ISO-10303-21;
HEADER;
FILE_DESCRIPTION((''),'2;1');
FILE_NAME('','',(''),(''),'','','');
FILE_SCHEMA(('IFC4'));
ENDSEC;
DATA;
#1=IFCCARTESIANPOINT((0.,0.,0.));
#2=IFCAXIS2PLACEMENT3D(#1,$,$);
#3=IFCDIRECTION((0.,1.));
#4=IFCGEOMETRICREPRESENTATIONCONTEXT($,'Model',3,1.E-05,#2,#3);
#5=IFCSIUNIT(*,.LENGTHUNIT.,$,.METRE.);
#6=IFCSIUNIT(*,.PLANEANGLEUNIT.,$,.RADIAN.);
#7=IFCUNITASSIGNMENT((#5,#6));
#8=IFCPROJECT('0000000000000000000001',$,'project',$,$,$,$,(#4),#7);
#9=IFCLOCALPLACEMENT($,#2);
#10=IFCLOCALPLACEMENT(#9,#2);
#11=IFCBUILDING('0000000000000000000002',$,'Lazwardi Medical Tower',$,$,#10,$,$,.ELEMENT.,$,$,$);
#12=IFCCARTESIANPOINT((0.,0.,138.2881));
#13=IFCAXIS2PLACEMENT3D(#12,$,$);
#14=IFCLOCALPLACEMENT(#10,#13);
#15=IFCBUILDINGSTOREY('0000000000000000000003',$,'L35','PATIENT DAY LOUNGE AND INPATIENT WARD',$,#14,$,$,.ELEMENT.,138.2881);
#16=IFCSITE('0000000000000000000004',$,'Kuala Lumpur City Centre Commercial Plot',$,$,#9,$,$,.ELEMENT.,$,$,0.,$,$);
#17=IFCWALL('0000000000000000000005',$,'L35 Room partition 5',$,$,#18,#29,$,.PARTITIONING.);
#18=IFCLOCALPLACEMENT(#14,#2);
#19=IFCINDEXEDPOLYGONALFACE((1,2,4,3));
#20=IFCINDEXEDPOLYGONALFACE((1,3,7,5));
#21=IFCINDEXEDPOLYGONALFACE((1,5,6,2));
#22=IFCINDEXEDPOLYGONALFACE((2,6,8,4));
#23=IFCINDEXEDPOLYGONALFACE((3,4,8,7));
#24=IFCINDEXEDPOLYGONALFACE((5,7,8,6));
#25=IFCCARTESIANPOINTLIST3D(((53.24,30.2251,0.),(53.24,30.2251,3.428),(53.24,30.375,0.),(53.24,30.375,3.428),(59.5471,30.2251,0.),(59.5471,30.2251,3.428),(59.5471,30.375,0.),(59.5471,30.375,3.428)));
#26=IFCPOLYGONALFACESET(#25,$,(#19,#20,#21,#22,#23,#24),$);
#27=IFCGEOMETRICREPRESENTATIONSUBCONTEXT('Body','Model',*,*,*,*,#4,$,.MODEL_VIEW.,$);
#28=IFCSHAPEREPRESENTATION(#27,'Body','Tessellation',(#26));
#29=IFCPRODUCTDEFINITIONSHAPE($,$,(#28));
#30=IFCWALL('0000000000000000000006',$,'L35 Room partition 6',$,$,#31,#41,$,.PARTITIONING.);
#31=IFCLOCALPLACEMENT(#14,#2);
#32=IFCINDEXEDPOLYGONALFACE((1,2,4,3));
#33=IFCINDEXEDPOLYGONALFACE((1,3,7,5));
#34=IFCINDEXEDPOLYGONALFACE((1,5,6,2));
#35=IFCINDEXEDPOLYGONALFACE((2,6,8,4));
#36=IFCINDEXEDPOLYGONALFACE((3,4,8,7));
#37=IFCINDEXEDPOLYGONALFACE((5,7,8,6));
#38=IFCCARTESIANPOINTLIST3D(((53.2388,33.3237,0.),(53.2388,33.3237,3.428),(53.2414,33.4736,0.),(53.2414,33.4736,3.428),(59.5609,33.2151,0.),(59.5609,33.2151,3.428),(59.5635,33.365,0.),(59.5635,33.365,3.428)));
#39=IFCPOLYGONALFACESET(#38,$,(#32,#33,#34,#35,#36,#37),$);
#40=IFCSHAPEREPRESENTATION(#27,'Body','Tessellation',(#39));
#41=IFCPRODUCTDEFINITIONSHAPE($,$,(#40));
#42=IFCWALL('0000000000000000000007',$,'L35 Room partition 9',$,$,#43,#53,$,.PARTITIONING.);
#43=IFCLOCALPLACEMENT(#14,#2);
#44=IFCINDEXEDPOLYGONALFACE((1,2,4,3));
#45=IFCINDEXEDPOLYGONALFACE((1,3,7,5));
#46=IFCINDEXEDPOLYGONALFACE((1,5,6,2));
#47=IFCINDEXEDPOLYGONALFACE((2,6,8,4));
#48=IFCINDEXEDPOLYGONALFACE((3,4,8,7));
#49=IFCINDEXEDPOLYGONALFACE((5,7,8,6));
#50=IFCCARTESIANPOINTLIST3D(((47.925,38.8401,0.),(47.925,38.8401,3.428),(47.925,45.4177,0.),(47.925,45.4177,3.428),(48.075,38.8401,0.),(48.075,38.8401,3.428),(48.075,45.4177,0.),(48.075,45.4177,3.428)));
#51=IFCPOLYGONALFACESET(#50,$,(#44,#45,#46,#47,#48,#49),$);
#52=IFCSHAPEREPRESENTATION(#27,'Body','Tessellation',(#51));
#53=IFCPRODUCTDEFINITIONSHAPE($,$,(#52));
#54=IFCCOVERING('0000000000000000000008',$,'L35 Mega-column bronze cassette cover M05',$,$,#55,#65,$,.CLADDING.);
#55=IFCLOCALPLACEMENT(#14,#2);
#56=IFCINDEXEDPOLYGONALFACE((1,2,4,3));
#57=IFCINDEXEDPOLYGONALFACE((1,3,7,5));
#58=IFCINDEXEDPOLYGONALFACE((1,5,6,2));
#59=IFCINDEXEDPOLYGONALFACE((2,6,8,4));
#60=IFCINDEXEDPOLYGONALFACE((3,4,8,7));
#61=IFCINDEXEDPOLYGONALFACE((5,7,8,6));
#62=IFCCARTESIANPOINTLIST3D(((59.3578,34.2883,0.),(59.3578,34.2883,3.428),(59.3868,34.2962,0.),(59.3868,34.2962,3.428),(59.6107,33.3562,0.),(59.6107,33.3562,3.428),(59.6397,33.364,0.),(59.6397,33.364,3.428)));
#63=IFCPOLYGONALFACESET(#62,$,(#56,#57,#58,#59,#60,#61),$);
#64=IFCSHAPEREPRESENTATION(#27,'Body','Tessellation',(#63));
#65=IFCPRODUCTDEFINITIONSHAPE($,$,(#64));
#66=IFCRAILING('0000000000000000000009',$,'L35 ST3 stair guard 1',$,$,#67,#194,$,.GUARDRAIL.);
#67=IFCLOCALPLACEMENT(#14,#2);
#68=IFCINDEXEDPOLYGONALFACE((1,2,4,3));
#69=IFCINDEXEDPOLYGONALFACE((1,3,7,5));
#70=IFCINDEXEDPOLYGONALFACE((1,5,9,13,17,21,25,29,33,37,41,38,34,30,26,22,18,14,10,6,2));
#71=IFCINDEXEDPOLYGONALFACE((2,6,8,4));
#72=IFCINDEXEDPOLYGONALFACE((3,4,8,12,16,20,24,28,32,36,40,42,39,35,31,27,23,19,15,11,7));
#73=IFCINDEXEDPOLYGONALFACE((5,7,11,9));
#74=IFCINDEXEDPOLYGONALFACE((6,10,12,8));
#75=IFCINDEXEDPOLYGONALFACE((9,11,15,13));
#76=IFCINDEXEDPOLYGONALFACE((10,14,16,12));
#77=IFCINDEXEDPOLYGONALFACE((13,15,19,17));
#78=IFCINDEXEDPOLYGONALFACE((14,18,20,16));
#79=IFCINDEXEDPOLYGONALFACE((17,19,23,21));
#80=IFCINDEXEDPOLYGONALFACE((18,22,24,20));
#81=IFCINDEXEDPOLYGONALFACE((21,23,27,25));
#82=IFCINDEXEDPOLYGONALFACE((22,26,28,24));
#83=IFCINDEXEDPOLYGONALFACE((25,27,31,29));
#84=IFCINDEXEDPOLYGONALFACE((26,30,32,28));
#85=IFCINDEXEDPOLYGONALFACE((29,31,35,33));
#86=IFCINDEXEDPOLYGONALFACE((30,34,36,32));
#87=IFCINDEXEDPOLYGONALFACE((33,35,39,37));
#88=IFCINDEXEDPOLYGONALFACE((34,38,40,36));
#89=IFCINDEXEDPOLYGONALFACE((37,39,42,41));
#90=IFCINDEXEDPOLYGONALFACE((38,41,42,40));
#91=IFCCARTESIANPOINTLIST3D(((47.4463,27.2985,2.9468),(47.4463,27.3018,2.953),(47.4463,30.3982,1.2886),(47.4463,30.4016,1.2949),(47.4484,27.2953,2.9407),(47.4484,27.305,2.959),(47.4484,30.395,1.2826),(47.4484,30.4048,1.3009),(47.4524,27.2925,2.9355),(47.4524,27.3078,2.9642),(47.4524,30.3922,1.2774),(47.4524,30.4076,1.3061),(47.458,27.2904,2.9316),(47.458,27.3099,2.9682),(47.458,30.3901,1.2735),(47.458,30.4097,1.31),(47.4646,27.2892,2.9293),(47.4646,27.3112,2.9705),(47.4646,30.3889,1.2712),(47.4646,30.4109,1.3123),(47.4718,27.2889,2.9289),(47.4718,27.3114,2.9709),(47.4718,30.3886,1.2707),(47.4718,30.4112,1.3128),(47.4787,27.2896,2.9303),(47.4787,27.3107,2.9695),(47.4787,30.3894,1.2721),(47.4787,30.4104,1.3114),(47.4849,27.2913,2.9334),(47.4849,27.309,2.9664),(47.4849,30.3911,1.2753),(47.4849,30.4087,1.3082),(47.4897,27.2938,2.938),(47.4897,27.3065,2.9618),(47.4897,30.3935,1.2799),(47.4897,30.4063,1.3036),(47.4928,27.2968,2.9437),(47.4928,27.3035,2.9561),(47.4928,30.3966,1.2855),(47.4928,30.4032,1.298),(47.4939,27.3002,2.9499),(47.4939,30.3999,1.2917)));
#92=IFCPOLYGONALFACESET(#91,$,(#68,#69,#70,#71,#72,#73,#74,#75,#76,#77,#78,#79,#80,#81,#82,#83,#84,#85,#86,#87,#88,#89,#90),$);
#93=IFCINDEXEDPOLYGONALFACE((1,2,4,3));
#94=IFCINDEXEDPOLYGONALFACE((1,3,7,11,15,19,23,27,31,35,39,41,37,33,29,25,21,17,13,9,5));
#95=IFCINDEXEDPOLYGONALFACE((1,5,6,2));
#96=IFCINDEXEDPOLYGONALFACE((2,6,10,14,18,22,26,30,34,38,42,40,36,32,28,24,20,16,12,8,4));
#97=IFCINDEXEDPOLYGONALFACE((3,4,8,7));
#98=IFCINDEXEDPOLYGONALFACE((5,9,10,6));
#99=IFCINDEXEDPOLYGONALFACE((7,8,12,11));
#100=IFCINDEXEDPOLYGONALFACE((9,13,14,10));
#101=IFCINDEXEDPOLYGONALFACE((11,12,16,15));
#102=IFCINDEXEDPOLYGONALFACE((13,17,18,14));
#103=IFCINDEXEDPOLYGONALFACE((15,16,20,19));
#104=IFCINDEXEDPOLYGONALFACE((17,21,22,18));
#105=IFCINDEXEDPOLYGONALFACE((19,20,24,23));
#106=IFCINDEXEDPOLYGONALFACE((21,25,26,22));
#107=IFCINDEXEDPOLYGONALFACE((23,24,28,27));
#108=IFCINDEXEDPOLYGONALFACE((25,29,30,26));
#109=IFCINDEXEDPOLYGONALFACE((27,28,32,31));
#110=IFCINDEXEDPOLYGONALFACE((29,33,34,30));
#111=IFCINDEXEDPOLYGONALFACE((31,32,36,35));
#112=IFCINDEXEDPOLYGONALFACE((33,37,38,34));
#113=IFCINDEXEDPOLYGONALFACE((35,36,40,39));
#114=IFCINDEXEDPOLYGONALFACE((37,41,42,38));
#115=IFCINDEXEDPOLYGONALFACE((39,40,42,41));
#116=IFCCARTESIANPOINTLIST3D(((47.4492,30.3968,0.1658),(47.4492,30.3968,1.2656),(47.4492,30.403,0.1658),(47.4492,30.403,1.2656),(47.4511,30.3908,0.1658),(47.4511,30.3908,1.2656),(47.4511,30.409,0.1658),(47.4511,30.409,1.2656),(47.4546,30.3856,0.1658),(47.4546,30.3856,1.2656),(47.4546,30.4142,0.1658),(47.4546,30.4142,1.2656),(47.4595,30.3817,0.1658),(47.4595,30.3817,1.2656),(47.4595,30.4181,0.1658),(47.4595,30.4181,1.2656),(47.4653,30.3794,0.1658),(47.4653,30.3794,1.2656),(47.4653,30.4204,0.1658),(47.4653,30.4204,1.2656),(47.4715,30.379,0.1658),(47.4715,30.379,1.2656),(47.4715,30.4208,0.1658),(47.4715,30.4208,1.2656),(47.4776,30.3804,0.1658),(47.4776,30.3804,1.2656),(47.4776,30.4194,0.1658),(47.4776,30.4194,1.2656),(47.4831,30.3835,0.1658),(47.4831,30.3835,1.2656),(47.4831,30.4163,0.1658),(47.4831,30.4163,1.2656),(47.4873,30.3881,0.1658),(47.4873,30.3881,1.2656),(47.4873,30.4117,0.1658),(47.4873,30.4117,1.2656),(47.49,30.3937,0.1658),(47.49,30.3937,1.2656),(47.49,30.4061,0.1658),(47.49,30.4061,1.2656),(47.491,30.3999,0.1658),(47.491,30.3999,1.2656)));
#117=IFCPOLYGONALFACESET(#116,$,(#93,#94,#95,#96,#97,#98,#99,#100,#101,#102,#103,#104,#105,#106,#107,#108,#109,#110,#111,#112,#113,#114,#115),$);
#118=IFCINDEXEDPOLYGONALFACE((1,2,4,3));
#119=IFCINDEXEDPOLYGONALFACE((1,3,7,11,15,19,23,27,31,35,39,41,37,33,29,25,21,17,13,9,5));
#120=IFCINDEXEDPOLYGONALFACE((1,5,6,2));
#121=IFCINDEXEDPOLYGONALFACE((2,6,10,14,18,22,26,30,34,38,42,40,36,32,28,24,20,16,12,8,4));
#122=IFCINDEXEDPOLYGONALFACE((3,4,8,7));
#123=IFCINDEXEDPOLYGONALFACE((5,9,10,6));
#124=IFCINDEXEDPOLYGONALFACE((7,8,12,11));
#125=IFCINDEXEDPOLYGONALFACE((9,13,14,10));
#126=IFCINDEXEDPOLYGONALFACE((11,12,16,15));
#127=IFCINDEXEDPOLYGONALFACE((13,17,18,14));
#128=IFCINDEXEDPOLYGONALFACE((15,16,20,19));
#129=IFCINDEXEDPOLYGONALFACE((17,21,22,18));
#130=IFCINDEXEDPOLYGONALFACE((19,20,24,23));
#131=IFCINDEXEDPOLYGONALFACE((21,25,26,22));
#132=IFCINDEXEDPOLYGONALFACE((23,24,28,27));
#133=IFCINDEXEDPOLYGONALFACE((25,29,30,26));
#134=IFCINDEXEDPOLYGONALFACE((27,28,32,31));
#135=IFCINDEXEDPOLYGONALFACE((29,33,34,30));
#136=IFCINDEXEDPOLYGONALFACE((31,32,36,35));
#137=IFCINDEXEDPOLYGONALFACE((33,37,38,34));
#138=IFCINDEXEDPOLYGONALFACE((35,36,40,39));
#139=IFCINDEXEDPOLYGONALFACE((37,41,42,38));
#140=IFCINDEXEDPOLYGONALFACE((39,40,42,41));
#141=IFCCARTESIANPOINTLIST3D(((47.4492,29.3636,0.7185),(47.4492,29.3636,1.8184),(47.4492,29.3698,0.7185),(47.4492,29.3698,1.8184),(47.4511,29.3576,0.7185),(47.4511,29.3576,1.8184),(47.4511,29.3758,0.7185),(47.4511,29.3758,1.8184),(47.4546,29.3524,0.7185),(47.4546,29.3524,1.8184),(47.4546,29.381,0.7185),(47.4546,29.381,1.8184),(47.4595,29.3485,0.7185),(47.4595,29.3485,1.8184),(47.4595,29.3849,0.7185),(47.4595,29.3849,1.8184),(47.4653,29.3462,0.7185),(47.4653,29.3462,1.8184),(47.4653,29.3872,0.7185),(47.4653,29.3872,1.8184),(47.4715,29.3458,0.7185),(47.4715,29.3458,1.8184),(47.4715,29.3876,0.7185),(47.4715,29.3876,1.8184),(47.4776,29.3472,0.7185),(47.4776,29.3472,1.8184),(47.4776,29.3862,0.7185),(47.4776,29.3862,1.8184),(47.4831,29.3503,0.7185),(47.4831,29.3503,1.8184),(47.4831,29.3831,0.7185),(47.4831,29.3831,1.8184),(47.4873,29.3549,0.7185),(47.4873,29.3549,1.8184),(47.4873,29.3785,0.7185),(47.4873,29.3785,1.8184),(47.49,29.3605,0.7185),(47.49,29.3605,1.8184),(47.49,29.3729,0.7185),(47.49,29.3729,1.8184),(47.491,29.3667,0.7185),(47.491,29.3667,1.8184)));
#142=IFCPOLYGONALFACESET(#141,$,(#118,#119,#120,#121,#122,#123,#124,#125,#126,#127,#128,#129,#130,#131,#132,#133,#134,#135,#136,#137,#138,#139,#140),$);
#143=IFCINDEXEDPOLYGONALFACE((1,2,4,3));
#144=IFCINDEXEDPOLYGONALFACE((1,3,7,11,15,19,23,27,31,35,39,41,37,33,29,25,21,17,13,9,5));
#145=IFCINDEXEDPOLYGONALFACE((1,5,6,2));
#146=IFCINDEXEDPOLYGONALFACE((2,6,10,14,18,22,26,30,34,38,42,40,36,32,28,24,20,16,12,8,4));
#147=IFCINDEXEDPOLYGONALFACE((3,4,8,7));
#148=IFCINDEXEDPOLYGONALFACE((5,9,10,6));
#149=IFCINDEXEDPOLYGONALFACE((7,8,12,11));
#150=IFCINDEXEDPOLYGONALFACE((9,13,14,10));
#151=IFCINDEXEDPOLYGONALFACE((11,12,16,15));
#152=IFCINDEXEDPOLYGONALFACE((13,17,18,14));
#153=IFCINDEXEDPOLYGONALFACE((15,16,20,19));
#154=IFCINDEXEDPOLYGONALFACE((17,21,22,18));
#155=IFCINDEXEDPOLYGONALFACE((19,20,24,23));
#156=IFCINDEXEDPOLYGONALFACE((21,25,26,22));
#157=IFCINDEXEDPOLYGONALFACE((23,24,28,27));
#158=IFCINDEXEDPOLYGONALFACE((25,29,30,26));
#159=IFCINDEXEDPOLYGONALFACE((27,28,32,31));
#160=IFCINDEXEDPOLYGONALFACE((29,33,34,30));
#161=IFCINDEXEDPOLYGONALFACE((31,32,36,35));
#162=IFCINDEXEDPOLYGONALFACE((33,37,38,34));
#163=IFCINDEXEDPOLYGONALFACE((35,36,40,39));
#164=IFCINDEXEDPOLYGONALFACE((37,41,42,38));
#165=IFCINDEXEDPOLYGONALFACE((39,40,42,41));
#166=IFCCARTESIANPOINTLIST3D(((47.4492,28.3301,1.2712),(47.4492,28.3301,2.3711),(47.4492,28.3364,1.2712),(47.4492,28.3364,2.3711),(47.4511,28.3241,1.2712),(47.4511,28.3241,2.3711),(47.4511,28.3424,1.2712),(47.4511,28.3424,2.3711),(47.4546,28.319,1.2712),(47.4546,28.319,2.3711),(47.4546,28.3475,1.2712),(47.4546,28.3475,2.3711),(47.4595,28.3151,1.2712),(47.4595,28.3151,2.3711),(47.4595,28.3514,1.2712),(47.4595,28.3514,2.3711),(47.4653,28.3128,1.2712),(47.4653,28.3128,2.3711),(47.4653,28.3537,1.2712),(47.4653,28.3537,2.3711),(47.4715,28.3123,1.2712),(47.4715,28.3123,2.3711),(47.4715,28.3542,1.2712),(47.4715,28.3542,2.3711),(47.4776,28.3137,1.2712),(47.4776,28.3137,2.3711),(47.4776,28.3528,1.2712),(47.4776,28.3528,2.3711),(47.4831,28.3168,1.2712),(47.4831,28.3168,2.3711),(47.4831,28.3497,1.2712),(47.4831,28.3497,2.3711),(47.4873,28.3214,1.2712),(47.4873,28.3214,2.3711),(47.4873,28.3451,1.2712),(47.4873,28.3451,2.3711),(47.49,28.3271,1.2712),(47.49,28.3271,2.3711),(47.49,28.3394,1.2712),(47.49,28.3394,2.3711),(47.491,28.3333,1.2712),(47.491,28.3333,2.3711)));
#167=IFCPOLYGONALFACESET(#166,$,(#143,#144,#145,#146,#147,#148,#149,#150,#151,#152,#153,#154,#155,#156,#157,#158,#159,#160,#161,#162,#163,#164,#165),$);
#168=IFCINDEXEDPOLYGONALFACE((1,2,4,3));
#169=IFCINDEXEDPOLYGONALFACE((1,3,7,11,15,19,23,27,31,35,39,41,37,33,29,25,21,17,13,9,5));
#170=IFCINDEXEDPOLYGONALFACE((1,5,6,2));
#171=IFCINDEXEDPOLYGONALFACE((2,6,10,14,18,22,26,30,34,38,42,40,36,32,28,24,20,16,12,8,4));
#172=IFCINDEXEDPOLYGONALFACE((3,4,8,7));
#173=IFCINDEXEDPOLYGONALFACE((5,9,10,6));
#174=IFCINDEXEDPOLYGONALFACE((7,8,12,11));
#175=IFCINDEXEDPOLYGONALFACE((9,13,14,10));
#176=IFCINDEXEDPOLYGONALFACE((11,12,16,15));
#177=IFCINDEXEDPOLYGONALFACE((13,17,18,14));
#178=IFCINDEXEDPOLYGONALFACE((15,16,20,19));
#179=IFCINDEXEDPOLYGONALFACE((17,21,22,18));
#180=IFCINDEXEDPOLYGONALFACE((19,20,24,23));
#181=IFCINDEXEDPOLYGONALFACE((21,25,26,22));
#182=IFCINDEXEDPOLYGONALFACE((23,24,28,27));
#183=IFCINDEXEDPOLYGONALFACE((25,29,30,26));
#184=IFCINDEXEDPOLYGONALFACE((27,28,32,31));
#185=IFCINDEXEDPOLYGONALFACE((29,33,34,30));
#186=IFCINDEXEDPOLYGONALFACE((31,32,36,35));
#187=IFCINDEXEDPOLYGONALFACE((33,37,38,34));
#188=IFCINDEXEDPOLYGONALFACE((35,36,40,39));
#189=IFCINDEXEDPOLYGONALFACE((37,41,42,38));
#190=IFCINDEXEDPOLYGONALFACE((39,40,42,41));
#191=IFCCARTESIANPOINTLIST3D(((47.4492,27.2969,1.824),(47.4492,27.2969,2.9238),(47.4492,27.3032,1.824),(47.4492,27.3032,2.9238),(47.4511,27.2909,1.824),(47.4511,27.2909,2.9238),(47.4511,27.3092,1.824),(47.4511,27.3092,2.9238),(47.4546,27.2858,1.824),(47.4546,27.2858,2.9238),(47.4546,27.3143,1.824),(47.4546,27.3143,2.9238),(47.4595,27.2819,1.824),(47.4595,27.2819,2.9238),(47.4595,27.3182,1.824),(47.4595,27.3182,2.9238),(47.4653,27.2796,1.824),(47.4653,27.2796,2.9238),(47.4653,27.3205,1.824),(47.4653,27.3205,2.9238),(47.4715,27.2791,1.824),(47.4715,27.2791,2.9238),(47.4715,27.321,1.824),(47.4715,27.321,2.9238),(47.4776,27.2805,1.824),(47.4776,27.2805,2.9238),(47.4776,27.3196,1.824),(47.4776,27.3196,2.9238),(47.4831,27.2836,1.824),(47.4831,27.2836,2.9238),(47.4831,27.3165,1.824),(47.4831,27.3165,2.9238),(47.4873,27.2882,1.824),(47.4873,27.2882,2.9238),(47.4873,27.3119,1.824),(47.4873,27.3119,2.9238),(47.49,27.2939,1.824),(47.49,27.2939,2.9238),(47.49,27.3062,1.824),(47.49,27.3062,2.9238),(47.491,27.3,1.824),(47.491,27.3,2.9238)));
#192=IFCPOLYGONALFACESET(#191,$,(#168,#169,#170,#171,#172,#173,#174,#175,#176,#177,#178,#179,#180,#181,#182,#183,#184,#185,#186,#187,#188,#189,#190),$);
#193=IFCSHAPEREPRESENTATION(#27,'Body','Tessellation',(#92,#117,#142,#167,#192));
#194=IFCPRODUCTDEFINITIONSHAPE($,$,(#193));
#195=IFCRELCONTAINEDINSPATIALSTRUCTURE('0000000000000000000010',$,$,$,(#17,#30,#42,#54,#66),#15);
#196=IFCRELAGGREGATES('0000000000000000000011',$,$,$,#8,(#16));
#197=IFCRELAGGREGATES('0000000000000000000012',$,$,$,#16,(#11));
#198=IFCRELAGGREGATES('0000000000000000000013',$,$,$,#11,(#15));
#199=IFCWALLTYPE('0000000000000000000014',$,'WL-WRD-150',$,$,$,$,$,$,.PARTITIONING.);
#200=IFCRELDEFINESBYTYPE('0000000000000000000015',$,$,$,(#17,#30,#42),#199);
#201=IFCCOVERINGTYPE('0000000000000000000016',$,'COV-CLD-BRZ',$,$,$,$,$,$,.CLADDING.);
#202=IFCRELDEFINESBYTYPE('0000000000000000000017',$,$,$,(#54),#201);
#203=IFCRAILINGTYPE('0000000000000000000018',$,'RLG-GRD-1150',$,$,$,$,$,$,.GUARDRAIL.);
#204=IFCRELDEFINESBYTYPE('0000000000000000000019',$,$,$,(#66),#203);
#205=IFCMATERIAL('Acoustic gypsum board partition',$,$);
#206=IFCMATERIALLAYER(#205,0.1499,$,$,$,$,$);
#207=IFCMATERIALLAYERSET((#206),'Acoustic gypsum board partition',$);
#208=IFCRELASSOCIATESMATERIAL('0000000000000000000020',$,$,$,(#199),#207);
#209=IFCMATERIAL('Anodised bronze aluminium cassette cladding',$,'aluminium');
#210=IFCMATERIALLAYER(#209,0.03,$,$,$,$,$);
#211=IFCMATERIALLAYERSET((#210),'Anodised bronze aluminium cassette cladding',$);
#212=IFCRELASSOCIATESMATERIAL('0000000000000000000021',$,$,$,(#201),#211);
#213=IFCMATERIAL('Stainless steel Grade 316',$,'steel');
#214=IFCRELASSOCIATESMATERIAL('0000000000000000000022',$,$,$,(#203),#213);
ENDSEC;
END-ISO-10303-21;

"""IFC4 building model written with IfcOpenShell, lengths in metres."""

from ifc_helpers import new_model, si_unit, direction, frame, frame_2d, origin, origin_2d, place, context, subcontext, project, spatial, rectangle, circle, extrude, material, layer, layer_set, type_object, element, save


model = new_model("IFC4")

# Units and contexts
model_context = context("Model", 3, precision=1e-05, world=origin(), true_north=direction((0.0, 1.0)))
body_context = subcontext(model_context, "Body", "Model", "MODEL_VIEW")
ifc_project = project(units=[si_unit("LENGTHUNIT", "METRE"), si_unit("PLANEANGLEUNIT", "RADIAN")], contexts=[model_context])

# Site, building, storey
site_placement = place(None, origin())
site = spatial("IfcSite", under=ifc_project, at=site_placement, Name="Kuala Lumpur City Centre Commercial Plot", CompositionType="ELEMENT", RefElevation=0.0)
building_placement = place(site_placement, origin())
building = spatial("IfcBuilding", under=site, at=building_placement, Name="Lazwardi Medical Tower", CompositionType="ELEMENT")
storey_placement = place(building_placement, frame((0.0, 0.0, 138.2881)))
storey = spatial("IfcBuildingStorey", under=building, at=storey_placement, Name="L35", Description="PATIENT DAY LOUNGE AND INPATIENT WARD", CompositionType="ELEMENT", Elevation=138.2881)

# Walls
ifc_material_1 = material(Name="Acoustic gypsum board partition")
ifc_layer_1 = layer(ifc_material_1, 0.1499)
ifc_layer_set_1 = layer_set([ifc_layer_1], Name="Acoustic gypsum board partition")
wall_type_1 = type_object("IfcWallType", Name="WL-WRD-150", PredefinedType="PARTITIONING", material=ifc_layer_set_1)
wall_1_placement = place(storey_placement, frame((53.24, 30.3, 0.0), z_axis=(0.0, 0.0, 1.0), x_axis=(1.0, 0.0, 0.0)))
element("IfcWall", 1, at=wall_1_placement, inside=storey, type_object=wall_type_1, Name="L35 Room partition 5", PredefinedType="PARTITIONING", context=body_context, shape_type="SweptSolid", body=[
    extrude(rectangle(XDim=6.3071, YDim=0.1499, at=frame_2d((3.1536, 0.0))), origin(), (0.0, 0.0, 1.0), 3.428),
])
wall_2_placement = place(storey_placement, frame((53.24, 33.3987, 0.0), z_axis=(0.0, 0.0, 1.0), x_axis=(0.999852, -0.017182, 0.0)))
element("IfcWall", 2, at=wall_2_placement, inside=storey, type_object=wall_type_1, Name="L35 Room partition 6", PredefinedType="PARTITIONING", context=body_context, shape_type="SweptSolid", body=[
    extrude(rectangle(XDim=6.323, YDim=0.1499, at=frame_2d((3.1616, 0.0))), origin(), (0.0, 0.0, 1.0), 3.428),
])
wall_3_placement = place(storey_placement, frame((48.0, 38.8401, 0.0), z_axis=(0.0, 0.0, 1.0), x_axis=(0.0, 1.0, 0.0)))
element("IfcWall", 3, at=wall_3_placement, inside=storey, type_object=wall_type_1, Name="L35 Room partition 9", PredefinedType="PARTITIONING", context=body_context, shape_type="SweptSolid", body=[
    extrude(rectangle(XDim=6.5776, YDim=0.1499, at=frame_2d((3.2888, 0.0))), origin(), (0.0, 0.0, 1.0), 3.428),
])

# Covering
ifc_material_2 = material(Name="Anodised bronze aluminium cassette cladding", Category="aluminium")
ifc_layer_2 = layer(ifc_material_2, 0.03)
ifc_layer_set_2 = layer_set([ifc_layer_2], Name="Anodised bronze aluminium cassette cladding")
covering_type = type_object("IfcCoveringType", Name="COV-CLD-BRZ", PredefinedType="CLADDING", material=ifc_layer_set_2)
covering_placement = place(storey_placement, frame((59.4988, 33.8262, 0.0), z_axis=(0.0, 0.0, 1.0), x_axis=(-0.261829, 0.965114, 0.0)))
element("IfcCovering", 4, at=covering_placement, inside=storey, type_object=covering_type, Name="L35 Mega-column bronze cassette cover M05", PredefinedType="CLADDING", context=body_context, shape_type="SweptSolid", body=[
    extrude(rectangle(XDim=0.9658, YDim=0.03, at=origin_2d()), origin(), (0.0, 0.0, 1.0), 3.428),
])

# Railing
ifc_material_3 = material(Name="Stainless steel Grade 316", Category="steel")
railing_type = type_object("IfcRailingType", Name="RLG-GRD-1150", PredefinedType="GUARDRAIL", material=ifc_material_3)
railing_1_placement = place(storey_placement, frame((47.47, 30.3999, 0.1658)))
element("IfcRailing", 5, at=railing_1_placement, inside=storey, type_object=railing_type, Name="L35 ST3 stair guard 1", PredefinedType="GUARDRAIL", context=body_context, shape_type="SweptSolid", body=[
    extrude(circle(Radius=0.0239, at=origin_2d()), frame((0.0, 0.0, 1.126), z_axis=(0.0, -0.881768, 0.471684), x_axis=(1.0, 0.0, 0.0)), (0.0, 0.0, 1.0), 3.5154),
    extrude(circle(Radius=0.021, at=origin_2d()), origin(), (0.0, 0.0, 1.0), 1.0999),
    extrude(circle(Radius=0.021, at=origin_2d()), frame((0.0, -1.0332, 0.5527)), (0.0, 0.0, 1.0), 1.0999),
    extrude(circle(Radius=0.021, at=origin_2d()), frame((0.0, -2.0667, 1.1055)), (0.0, 0.0, 1.0), 1.0999),
    extrude(circle(Radius=0.021, at=origin_2d()), frame((0.0, -3.0999, 1.6582)), (0.0, 0.0, 1.0), 1.0999),
])

save(model, "model.ifc")
